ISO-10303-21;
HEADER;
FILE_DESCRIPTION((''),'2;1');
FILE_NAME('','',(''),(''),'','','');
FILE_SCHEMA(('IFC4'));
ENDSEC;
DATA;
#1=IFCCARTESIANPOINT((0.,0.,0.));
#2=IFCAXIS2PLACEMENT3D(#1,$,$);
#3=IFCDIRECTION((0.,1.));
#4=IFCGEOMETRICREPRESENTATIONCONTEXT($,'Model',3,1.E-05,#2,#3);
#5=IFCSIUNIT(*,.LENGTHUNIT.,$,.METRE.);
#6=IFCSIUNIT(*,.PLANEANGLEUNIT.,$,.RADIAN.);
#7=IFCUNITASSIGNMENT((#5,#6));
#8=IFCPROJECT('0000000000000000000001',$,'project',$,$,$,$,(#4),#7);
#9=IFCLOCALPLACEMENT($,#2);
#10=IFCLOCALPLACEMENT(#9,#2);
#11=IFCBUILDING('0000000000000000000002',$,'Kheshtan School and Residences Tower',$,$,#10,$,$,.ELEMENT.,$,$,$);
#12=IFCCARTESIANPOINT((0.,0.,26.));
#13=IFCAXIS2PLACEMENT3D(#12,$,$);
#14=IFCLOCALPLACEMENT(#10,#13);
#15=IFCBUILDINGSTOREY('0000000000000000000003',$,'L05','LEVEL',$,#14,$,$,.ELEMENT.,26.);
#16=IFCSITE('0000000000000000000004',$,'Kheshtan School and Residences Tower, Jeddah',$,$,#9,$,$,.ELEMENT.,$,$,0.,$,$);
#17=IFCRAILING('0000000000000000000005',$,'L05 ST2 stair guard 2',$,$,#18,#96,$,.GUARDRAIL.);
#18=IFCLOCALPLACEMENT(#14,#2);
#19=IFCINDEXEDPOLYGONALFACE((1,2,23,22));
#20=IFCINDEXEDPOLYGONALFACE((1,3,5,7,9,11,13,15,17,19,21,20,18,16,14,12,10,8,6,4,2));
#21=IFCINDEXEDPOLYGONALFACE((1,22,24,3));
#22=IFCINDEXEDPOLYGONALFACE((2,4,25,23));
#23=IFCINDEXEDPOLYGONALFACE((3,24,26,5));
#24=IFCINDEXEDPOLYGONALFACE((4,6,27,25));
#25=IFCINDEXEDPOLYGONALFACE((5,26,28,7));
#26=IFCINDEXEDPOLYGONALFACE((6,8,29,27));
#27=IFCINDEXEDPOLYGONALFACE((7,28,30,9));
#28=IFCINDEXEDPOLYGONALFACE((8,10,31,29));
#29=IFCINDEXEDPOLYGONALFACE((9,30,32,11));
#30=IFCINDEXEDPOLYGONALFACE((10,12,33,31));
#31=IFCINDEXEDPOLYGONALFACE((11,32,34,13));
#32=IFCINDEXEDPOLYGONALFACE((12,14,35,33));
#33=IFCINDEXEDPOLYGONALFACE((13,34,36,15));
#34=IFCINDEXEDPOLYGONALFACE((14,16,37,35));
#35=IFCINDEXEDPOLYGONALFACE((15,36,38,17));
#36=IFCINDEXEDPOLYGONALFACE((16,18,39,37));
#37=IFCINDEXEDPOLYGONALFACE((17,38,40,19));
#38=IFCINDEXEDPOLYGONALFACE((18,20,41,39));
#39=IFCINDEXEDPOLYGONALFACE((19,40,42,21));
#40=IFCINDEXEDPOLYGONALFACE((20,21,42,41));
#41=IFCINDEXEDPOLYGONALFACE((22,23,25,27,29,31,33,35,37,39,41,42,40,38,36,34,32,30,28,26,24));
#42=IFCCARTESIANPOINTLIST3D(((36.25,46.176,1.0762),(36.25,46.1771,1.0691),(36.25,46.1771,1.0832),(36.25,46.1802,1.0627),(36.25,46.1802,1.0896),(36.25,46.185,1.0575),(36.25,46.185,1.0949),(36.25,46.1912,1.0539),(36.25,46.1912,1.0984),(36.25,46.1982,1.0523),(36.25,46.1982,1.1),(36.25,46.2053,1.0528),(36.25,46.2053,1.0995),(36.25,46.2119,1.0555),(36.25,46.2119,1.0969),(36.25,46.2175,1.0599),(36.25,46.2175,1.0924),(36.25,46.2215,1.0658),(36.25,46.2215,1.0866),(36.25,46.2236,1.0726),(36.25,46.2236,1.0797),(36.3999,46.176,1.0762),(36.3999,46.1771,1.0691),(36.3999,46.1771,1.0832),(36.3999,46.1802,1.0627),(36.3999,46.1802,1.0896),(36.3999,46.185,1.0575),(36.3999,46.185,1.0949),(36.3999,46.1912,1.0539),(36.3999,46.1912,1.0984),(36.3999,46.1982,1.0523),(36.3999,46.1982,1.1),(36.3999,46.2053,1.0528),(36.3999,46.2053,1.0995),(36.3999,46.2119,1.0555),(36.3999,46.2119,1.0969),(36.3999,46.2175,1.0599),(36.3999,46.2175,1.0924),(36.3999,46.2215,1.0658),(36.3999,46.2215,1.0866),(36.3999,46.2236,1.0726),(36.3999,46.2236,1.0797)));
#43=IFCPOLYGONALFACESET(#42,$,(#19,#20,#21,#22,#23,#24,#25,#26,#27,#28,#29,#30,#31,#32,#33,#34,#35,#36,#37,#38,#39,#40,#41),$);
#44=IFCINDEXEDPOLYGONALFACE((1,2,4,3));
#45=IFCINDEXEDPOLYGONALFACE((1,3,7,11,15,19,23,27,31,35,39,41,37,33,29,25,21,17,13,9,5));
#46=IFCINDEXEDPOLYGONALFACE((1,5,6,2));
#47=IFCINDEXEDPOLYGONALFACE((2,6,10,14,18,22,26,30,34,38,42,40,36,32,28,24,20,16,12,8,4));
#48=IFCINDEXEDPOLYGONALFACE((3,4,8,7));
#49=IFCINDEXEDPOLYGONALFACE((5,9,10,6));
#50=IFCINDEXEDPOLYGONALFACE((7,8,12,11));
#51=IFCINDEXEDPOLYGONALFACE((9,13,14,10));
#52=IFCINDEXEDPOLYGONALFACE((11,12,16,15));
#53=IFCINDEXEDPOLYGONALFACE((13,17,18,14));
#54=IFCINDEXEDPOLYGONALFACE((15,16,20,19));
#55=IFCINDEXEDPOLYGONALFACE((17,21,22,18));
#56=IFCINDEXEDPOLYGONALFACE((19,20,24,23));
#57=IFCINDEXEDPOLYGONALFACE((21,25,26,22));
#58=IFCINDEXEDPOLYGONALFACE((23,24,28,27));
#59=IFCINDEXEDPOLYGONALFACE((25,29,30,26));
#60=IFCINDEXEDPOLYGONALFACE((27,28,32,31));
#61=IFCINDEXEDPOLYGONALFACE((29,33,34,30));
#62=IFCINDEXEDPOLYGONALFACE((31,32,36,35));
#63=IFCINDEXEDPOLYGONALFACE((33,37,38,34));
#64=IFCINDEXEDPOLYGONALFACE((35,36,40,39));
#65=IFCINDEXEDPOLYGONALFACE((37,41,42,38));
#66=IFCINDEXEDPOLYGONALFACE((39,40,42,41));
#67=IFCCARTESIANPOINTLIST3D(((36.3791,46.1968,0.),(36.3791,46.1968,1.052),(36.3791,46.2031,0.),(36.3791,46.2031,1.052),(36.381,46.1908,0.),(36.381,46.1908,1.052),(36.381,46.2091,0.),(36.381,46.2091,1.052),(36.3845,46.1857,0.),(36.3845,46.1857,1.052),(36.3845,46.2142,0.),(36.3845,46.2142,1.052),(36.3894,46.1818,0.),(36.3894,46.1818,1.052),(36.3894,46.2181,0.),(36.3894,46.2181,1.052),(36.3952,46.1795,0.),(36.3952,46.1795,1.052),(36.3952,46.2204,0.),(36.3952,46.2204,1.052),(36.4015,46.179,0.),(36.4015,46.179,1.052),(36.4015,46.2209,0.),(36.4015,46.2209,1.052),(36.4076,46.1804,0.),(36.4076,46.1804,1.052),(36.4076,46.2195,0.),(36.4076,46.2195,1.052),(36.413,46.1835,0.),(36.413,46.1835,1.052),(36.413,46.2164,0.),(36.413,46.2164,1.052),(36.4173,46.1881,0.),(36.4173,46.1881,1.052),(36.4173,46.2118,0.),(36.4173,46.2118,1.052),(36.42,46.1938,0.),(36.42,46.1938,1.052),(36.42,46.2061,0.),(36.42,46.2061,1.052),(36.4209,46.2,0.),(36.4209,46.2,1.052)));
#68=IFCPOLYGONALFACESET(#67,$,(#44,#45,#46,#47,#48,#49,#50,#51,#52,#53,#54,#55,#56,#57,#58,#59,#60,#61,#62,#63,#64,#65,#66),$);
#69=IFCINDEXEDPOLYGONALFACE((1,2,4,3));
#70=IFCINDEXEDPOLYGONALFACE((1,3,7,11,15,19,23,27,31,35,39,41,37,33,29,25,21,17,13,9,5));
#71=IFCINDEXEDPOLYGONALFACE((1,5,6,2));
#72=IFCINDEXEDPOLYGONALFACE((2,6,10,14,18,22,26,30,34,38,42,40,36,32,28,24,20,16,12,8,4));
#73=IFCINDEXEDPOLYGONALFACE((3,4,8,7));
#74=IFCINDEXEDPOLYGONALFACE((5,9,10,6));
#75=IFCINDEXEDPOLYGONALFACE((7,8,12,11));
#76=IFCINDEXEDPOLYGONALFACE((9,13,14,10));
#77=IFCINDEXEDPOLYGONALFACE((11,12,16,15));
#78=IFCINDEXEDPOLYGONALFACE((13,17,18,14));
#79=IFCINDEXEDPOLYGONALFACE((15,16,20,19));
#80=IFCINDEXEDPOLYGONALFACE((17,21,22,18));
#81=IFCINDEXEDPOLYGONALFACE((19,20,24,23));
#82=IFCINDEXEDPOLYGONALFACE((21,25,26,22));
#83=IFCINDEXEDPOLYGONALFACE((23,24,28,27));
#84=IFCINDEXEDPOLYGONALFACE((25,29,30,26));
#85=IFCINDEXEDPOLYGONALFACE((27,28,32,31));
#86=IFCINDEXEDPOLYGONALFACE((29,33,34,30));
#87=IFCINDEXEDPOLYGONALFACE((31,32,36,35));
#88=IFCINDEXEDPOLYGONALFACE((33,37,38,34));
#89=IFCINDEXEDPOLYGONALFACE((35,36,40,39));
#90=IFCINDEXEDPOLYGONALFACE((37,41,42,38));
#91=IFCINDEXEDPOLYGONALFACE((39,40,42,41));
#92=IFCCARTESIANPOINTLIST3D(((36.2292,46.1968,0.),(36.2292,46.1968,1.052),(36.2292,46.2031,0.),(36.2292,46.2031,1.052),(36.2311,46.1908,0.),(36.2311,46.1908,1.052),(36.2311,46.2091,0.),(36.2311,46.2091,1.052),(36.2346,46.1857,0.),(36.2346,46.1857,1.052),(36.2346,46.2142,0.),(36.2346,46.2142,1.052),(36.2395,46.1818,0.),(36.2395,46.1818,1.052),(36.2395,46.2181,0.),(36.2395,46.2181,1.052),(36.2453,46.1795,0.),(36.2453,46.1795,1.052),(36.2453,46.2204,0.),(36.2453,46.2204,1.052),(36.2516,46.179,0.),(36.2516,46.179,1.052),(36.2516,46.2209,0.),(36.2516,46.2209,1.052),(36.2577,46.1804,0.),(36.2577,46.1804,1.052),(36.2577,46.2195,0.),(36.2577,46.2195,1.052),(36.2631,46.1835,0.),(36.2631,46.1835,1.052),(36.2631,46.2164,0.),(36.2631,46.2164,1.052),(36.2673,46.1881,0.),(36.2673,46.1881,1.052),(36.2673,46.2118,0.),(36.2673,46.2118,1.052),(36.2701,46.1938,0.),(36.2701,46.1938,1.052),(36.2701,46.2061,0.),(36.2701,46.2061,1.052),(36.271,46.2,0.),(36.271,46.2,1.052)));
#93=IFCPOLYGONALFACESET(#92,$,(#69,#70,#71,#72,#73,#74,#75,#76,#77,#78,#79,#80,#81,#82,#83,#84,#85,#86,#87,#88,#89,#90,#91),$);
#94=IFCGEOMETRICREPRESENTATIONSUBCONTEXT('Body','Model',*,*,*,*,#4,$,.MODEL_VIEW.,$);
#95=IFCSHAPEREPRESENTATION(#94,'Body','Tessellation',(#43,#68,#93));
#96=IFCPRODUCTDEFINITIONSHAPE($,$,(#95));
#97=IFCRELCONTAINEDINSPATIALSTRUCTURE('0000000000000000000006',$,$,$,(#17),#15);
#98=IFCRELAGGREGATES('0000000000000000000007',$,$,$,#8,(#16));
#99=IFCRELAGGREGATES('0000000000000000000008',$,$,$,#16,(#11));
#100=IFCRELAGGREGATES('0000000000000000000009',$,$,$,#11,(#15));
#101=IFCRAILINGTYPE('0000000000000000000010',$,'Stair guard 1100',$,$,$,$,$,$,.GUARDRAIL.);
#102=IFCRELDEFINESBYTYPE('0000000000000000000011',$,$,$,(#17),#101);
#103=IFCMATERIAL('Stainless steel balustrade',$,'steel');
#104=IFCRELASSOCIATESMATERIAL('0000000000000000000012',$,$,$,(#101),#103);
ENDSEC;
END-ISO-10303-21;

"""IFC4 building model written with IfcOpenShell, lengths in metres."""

from ifc_helpers import new_model, si_unit, direction, frame, origin, origin_2d, place, context, subcontext, project, spatial, circle, extrude, material, type_object, element, save


model = new_model("IFC4")

# Units and contexts
model_context = context("Model", 3, precision=1e-05, world=origin(), true_north=direction((0.0, 1.0)))
body_context = subcontext(model_context, "Body", "Model", "MODEL_VIEW")
ifc_project = project(units=[si_unit("LENGTHUNIT", "METRE"), si_unit("PLANEANGLEUNIT", "RADIAN")], contexts=[model_context])

# Site, building, storey
site_placement = place(None, origin())
site = spatial("IfcSite", under=ifc_project, at=site_placement, Name="Kheshtan School and Residences Tower, Jeddah", CompositionType="ELEMENT", RefElevation=0.0)
building_placement = place(site_placement, origin())
building = spatial("IfcBuilding", under=site, at=building_placement, Name="Kheshtan School and Residences Tower", CompositionType="ELEMENT")
storey_placement = place(building_placement, frame((0.0, 0.0, 26.0)))
storey = spatial("IfcBuildingStorey", under=building, at=storey_placement, Name="L05", Description="LEVEL", CompositionType="ELEMENT", Elevation=26.0)

# Railing
ifc_material_1 = material(Name="Stainless steel balustrade", Category="steel")
railing_type_1 = type_object("IfcRailingType", Name="Stair guard 1100", PredefinedType="GUARDRAIL", material=ifc_material_1)
railing_1_placement = place(storey_placement, frame((36.3999, 46.2, 0.0)))
element("IfcRailing", 1, at=railing_1_placement, inside=storey, type_object=railing_type_1, Name="L05 ST2 stair guard 2", PredefinedType="GUARDRAIL", context=body_context, shape_type="SweptSolid", body=[
    extrude(circle(Radius=0.0239, at=origin_2d()), frame((0.0, 0.0, 1.0762), z_axis=(-1.0, 0.0, 0.0), x_axis=(0.0, -1.0, 0.0)), (0.0, 0.0, 1.0), 0.1499),
    extrude(circle(Radius=0.021, at=origin_2d()), origin(), (0.0, 0.0, 1.0), 1.052),
    extrude(circle(Radius=0.021, at=origin_2d()), frame((-0.1499, 0.0, 0.0)), (0.0, 0.0, 1.0), 1.052),
])

save(model, "model.ifc")
